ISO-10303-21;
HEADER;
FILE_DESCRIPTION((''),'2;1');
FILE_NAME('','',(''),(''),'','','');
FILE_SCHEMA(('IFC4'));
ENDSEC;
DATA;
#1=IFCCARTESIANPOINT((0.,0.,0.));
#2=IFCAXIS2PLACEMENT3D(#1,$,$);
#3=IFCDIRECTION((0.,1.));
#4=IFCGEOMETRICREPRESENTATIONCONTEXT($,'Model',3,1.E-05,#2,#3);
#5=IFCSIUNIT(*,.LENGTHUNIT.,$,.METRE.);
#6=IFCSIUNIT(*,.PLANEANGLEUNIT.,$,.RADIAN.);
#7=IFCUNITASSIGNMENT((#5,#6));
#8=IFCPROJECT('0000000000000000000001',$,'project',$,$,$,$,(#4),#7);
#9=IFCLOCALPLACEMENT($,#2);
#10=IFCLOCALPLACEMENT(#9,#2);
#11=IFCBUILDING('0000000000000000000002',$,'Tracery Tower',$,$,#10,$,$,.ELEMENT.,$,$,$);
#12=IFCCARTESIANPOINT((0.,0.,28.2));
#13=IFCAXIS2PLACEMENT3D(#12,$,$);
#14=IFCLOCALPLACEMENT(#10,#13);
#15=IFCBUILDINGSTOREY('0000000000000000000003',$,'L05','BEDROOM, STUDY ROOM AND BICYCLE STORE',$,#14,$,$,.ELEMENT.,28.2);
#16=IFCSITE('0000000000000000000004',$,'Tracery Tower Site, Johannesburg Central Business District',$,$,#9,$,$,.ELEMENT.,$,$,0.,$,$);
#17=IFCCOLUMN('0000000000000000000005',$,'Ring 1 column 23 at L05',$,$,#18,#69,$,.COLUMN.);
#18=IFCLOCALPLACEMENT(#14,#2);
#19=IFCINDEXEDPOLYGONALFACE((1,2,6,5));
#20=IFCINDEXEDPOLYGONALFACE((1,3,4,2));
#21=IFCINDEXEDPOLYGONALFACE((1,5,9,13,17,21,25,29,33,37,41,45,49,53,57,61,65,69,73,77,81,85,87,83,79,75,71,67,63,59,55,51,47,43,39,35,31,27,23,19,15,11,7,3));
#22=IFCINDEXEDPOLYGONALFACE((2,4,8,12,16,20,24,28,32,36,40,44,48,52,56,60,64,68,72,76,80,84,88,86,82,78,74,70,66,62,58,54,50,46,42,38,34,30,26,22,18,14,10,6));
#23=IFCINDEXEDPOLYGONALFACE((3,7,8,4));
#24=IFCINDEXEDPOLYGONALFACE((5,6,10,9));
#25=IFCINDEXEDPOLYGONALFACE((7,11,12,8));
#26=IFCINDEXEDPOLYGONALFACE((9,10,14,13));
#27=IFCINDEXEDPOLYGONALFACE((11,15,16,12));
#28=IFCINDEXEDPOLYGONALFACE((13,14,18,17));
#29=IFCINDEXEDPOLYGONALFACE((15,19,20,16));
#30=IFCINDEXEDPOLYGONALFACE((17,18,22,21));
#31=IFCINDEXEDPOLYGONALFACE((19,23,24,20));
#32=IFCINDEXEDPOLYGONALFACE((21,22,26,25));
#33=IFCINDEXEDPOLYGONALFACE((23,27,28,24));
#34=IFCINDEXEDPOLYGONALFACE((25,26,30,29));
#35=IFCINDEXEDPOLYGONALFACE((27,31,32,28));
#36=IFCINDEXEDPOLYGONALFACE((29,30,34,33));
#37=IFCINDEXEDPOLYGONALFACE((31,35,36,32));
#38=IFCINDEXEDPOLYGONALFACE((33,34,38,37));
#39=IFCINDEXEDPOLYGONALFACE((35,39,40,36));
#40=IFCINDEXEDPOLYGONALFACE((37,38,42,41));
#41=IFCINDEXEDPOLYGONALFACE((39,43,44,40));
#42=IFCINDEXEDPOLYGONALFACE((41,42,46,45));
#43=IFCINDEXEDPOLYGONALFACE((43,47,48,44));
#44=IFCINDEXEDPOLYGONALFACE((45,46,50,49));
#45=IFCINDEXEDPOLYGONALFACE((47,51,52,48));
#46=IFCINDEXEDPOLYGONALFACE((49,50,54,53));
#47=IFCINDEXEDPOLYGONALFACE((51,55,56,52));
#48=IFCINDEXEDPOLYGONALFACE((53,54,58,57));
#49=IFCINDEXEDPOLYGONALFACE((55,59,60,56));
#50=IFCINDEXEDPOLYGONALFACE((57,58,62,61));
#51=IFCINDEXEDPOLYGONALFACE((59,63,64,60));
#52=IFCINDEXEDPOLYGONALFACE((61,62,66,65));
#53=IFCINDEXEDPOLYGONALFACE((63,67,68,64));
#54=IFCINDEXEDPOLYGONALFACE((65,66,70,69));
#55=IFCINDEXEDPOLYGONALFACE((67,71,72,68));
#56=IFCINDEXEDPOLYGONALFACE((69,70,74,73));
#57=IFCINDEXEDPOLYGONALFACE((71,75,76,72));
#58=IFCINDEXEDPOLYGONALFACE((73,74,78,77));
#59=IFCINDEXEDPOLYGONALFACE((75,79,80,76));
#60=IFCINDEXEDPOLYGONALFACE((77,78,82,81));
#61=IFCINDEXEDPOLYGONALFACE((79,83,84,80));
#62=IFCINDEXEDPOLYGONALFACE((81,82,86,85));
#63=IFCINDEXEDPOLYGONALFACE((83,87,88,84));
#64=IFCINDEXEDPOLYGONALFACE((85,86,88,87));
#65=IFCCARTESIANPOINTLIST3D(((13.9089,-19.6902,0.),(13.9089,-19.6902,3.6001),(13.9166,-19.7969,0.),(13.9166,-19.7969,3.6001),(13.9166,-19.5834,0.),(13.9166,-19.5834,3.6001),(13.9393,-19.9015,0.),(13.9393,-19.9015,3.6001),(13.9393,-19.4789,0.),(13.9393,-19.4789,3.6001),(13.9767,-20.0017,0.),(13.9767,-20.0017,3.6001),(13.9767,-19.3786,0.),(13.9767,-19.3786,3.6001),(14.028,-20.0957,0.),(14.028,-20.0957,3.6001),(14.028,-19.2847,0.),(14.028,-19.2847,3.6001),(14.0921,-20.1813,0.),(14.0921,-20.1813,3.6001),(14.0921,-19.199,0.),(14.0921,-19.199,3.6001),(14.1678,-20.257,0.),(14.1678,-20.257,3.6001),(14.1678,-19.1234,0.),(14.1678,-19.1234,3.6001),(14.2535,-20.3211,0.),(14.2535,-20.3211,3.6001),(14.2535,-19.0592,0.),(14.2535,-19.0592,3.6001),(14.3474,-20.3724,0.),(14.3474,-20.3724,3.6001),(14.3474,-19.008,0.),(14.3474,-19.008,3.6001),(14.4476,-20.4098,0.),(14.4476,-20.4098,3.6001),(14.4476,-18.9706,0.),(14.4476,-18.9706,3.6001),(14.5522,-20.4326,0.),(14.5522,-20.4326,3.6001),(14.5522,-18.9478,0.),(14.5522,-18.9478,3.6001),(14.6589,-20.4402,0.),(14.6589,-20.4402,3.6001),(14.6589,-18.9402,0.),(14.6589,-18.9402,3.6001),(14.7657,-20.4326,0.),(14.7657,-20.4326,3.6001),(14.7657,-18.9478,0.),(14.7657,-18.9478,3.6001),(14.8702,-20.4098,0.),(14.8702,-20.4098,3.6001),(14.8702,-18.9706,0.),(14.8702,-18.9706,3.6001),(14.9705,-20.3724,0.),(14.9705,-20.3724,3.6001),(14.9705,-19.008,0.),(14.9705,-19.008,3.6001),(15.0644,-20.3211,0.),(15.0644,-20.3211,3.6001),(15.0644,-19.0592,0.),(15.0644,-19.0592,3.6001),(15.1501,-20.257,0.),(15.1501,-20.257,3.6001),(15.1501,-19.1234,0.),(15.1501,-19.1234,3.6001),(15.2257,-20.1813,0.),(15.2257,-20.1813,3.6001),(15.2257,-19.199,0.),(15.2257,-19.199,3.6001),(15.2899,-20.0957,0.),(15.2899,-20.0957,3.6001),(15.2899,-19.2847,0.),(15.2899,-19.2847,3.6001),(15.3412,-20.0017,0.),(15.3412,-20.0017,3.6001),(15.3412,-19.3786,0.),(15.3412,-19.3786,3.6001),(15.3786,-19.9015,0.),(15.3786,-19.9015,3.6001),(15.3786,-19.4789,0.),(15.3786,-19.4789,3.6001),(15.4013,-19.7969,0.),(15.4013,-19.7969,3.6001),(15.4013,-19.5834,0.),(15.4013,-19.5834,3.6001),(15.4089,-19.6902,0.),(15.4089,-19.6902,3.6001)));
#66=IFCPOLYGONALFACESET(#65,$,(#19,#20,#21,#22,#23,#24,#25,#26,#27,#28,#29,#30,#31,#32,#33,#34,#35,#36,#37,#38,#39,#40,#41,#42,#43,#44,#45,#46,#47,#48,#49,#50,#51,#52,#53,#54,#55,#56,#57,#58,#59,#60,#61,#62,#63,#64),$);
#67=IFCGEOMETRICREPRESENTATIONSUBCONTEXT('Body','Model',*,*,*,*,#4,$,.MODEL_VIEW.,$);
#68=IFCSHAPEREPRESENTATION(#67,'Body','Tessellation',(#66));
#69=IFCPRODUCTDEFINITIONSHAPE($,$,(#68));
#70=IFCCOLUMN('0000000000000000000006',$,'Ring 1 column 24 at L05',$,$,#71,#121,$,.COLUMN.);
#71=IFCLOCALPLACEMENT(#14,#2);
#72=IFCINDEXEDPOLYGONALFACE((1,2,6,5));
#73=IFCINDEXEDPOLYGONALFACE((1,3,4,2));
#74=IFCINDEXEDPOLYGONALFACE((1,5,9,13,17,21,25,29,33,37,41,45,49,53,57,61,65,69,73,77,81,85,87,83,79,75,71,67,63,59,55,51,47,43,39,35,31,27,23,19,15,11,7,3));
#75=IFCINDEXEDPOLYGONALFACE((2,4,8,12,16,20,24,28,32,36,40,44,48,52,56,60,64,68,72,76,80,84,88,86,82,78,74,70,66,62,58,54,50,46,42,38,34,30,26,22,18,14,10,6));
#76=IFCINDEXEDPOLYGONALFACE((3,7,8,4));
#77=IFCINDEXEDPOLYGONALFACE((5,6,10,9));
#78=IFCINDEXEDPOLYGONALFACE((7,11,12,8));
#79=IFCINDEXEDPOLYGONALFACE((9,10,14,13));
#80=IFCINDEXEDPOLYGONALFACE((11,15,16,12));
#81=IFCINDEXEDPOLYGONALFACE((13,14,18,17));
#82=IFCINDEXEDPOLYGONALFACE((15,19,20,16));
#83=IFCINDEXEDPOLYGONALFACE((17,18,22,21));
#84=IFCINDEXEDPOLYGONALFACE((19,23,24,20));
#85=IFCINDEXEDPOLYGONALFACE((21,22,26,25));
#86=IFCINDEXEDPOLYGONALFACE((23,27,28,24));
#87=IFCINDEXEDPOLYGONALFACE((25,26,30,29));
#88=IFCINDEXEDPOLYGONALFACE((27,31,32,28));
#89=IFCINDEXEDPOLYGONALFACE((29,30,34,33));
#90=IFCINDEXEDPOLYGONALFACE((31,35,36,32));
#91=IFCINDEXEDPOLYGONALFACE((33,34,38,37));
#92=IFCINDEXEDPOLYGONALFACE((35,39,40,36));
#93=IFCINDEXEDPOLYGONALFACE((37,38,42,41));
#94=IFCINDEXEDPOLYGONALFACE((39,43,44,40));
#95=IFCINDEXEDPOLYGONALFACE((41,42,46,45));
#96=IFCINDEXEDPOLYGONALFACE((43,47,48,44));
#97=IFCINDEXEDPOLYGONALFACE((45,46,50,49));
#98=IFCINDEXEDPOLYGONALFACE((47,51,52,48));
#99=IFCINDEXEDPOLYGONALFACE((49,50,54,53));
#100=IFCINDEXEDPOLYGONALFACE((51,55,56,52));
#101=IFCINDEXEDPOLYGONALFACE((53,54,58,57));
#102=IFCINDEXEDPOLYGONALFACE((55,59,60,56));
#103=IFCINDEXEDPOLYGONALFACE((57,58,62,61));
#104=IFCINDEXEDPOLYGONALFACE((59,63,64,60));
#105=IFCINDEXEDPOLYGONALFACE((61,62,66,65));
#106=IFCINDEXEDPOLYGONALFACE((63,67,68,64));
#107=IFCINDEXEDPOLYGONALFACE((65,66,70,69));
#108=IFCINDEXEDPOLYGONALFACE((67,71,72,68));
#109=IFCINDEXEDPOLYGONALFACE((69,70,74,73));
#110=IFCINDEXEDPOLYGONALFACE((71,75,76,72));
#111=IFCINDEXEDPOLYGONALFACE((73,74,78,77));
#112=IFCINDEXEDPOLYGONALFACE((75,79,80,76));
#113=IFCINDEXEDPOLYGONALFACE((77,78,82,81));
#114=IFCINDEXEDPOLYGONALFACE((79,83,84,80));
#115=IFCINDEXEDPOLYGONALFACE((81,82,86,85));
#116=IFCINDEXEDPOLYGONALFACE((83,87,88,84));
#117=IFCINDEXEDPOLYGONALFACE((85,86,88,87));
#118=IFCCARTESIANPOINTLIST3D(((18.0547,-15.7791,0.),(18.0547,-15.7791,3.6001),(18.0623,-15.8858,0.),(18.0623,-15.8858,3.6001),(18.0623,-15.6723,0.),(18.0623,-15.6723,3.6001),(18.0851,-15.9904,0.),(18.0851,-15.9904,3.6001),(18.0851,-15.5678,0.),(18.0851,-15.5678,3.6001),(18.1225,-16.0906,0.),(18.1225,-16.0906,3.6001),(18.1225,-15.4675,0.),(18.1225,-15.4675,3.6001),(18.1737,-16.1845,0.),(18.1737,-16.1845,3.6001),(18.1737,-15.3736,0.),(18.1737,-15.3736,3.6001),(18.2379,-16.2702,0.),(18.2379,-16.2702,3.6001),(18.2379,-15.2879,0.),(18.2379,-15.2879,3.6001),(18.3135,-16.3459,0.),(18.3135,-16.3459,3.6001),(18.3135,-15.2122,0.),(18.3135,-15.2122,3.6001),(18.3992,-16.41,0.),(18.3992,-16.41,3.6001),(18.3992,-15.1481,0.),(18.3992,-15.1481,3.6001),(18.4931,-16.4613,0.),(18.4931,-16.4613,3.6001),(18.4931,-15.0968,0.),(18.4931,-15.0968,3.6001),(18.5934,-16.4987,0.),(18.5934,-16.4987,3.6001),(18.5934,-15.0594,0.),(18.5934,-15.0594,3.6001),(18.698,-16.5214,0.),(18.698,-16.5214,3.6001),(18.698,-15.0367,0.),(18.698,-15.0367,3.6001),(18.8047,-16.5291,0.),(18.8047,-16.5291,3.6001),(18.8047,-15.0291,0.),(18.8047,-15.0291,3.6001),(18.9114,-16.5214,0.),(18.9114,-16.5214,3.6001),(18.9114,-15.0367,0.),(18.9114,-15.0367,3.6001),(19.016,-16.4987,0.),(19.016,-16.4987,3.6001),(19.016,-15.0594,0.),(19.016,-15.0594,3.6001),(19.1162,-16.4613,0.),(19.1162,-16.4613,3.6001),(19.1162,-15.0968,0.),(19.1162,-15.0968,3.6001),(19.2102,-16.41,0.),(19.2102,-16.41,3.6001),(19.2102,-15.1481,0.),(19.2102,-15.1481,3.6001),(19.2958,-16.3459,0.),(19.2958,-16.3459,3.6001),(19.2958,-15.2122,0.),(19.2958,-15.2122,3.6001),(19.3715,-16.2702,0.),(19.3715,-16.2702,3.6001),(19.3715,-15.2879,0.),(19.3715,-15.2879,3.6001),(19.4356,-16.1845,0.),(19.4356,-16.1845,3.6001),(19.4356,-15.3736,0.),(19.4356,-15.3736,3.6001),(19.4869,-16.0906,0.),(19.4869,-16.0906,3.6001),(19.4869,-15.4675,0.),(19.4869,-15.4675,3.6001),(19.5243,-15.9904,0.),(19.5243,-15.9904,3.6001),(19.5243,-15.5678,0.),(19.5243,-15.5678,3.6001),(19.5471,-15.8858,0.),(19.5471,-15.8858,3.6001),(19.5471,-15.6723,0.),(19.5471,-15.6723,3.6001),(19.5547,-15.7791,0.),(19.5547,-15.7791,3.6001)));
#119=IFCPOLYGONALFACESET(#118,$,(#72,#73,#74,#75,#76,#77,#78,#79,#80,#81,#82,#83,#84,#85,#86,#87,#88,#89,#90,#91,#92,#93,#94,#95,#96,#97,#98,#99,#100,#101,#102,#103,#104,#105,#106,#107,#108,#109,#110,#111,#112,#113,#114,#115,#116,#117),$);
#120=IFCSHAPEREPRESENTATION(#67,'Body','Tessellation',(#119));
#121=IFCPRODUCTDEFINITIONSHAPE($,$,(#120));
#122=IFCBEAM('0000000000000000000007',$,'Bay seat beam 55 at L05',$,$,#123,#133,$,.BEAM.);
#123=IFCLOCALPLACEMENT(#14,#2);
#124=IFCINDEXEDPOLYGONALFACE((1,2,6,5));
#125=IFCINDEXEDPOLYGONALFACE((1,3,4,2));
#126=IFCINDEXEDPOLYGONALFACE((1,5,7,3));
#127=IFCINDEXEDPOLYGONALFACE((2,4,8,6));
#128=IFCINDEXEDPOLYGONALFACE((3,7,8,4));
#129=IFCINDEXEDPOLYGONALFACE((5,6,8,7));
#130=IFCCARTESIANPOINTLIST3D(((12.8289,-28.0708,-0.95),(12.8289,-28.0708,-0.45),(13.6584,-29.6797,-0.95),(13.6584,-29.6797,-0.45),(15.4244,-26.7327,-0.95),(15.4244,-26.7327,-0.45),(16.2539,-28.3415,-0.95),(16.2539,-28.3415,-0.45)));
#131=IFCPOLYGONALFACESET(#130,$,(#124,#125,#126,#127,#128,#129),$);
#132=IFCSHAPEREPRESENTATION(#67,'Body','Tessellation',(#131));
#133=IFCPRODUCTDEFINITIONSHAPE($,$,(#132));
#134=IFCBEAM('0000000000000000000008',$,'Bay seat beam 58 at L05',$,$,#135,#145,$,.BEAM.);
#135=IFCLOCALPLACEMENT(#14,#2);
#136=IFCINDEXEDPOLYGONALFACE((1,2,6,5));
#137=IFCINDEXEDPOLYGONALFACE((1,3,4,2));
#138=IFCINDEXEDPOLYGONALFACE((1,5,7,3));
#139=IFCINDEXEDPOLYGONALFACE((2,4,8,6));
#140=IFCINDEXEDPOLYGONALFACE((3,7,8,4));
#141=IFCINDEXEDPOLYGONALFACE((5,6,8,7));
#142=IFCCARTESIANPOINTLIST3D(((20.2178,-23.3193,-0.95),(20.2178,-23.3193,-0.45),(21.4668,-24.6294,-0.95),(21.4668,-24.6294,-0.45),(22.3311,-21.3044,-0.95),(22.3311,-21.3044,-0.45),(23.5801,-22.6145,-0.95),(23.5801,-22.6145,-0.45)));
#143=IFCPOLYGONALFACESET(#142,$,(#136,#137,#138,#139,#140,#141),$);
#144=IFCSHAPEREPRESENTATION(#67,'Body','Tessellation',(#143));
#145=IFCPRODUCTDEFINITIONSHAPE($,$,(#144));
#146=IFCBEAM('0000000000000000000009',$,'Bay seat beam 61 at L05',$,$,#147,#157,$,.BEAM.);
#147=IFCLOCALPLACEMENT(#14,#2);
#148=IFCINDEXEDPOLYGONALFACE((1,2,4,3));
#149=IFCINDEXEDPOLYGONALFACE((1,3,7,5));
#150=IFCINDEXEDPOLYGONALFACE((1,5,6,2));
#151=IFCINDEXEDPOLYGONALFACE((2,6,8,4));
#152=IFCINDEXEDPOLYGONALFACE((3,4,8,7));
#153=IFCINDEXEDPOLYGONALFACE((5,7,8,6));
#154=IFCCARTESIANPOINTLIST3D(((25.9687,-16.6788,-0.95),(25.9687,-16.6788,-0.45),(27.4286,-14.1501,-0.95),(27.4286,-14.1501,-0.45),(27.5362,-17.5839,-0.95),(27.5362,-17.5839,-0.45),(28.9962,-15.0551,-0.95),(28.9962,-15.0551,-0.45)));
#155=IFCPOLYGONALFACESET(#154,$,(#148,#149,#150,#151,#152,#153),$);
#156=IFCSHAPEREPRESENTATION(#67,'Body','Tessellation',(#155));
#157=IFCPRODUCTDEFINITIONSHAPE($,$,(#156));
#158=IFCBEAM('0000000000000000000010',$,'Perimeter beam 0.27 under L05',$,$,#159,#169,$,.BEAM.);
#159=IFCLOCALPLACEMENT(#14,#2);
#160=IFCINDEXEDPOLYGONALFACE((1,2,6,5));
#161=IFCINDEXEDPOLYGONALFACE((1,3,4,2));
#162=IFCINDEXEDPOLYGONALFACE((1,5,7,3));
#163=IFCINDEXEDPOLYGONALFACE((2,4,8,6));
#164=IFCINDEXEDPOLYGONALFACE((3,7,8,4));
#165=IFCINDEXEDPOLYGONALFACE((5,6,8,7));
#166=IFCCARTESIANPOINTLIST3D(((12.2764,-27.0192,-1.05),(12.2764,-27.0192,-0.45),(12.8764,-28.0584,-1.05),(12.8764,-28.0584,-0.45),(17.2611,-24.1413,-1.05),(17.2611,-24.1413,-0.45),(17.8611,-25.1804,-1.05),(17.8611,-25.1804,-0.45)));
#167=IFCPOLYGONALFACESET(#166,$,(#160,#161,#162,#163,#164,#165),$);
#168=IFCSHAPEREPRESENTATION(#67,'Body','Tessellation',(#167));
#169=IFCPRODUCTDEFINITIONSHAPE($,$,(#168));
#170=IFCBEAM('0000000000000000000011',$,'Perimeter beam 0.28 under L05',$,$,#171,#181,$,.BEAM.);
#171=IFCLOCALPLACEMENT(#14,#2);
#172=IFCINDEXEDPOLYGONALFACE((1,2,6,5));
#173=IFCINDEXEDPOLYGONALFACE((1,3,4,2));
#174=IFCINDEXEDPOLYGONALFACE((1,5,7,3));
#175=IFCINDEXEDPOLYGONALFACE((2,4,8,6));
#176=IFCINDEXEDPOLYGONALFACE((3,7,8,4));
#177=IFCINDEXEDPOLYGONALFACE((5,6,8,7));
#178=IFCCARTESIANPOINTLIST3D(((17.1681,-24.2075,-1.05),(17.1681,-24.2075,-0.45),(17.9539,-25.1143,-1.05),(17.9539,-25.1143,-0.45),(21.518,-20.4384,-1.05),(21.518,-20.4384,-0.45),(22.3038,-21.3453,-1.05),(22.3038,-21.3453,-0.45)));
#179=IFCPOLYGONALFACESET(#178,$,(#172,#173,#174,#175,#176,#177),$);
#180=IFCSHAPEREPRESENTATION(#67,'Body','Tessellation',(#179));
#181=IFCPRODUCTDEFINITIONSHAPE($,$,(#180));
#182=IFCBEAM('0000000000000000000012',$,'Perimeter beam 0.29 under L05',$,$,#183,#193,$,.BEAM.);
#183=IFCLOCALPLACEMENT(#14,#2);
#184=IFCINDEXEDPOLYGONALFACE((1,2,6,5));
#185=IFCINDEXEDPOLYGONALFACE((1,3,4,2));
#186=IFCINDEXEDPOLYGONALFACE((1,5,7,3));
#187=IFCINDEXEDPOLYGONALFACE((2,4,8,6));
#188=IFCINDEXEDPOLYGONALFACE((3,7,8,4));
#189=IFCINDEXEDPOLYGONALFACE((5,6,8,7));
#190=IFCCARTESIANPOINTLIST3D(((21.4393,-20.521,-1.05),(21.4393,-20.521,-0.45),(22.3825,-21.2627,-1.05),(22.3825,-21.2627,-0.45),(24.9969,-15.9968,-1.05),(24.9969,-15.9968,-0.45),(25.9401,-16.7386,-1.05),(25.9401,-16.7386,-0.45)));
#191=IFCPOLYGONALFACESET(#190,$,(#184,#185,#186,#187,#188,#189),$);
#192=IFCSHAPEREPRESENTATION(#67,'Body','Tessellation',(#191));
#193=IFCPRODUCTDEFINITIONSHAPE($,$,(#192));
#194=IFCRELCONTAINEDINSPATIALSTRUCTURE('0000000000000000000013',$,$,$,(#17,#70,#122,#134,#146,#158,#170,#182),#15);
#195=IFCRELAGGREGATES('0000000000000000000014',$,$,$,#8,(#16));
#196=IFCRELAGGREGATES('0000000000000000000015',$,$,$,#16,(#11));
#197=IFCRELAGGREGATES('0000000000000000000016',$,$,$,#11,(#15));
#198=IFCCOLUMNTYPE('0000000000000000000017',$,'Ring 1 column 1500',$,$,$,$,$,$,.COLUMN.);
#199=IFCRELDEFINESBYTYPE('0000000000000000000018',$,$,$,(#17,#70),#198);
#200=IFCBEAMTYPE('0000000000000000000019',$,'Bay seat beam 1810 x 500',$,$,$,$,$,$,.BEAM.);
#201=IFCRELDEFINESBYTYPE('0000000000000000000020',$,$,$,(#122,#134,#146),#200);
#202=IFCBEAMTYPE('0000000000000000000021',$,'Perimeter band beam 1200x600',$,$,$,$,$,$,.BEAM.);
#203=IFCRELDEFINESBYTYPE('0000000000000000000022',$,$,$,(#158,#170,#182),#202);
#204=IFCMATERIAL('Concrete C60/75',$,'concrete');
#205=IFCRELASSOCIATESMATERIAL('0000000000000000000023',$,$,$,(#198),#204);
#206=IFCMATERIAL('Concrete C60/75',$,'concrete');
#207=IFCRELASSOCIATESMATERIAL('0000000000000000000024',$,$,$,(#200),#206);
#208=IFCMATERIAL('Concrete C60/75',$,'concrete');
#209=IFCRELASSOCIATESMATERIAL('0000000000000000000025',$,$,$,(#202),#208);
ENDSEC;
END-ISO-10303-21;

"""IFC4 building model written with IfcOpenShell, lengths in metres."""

from ifc_helpers import new_model, si_unit, direction, frame, origin, origin_2d, place, context, subcontext, project, spatial, rectangle, circle, extrude, material, material_profile, profile_set, type_object, element, save


model = new_model("IFC4")

# Units and contexts
model_context = context("Model", 3, precision=1e-05, world=origin(), true_north=direction((0.0, 1.0)))
body_context = subcontext(model_context, "Body", "Model", "MODEL_VIEW")
ifc_project = project(units=[si_unit("LENGTHUNIT", "METRE"), si_unit("PLANEANGLEUNIT", "RADIAN")], contexts=[model_context])

# Site, building, storey
site_placement = place(None, origin())
site = spatial("IfcSite", under=ifc_project, at=site_placement, Name="Tracery Tower Site, Johannesburg Central Business District", CompositionType="ELEMENT", RefElevation=0.0)
building_placement = place(site_placement, origin())
building = spatial("IfcBuilding", under=site, at=building_placement, Name="Tracery Tower", CompositionType="ELEMENT")
storey_placement = place(building_placement, frame((0.0, 0.0, 28.2)))
storey = spatial("IfcBuildingStorey", under=building, at=storey_placement, Name="L05", Description="BEDROOM, STUDY ROOM AND BICYCLE STORE", CompositionType="ELEMENT", Elevation=28.2)

# Columns
ifc_material_1 = material(Name="Concrete C60/75", Category="concrete")
ifc_material_profile_1 = material_profile(ifc_material_1, circle(Radius=0.75, at=origin_2d()), Name="RC D1500")
ifc_profile_set_1 = profile_set([ifc_material_profile_1], Name="Concrete C60/75")
column_type_1 = type_object("IfcColumnType", Name="Ring 1 column 1500", PredefinedType="COLUMN", material=ifc_profile_set_1)
for number, where, z_axis, x_axis, name in (
    (1, (14.6589, -19.6902, 0.0), (0.0, 0.0, 1.0), (1.0, 0.0, 0.0), "Ring 1 column 23 at L05"),
    (2, (18.8047, -15.7791, 0.0), (0.0, 0.0, 1.0), (1.0, 0.0, 0.0), "Ring 1 column 24 at L05"),
):
    element("IfcColumn", number, at=place(storey_placement, frame(where, z_axis=z_axis, x_axis=x_axis)), inside=storey, type_object=column_type_1, Name=name, PredefinedType="COLUMN", context=body_context, shape_type="SweptSolid", body=[
        extrude(circle(Radius=0.75, at=origin_2d()), origin(), (0.0, 0.0, 1.0), 3.6001),
    ])

# Beams
ifc_material_2 = material(Name="Concrete C60/75", Category="concrete")
ifc_material_profile_2 = material_profile(ifc_material_2, rectangle(XDim=1.8101, YDim=0.5, at=origin_2d()), Name="RC 1810x500")
ifc_profile_set_2 = profile_set([ifc_material_profile_2], Name="Concrete C60/75")
beam_type_1 = type_object("IfcBeamType", Name="Bay seat beam 1810 x 500", PredefinedType="BEAM", material=ifc_profile_set_2)
beam_1_placement = place(storey_placement, frame((13.2437, -28.8752, -0.7), z_axis=(0.888824, 0.458249, 0.0), x_axis=(-0.458249, 0.888824, 0.0)))
element("IfcBeam", 3, at=beam_1_placement, inside=storey, type_object=beam_type_1, Name="Bay seat beam 55 at L05", PredefinedType="BEAM", context=body_context, shape_type="SweptSolid", body=[
    extrude(rectangle(XDim=1.8101, YDim=0.5, at=origin_2d()), origin(), (0.0, 0.0, 1.0), 2.9202),
])
for number, where, z_axis, x_axis, name in (
    (4, (20.8423, -23.9744, -0.7), (0.723754, 0.690058, 0.0), (-0.690058, 0.723754, 0.0), "Bay seat beam 58 at L05"),
    (5, (26.7524, -17.1313, -0.7), (0.499988, 0.866032, 0.0), (-0.866032, 0.499988, 0.0), "Bay seat beam 61 at L05"),
):
    element("IfcBeam", number, at=place(storey_placement, frame(where, z_axis=z_axis, x_axis=x_axis)), inside=storey, type_object=beam_type_1, Name=name, PredefinedType="BEAM", context=body_context, shape_type="SweptSolid", body=[
        extrude(rectangle(XDim=1.8101, YDim=0.5, at=origin_2d()), origin(), (0.0, 0.0, 1.0), 2.9199),
    ])
ifc_material_3 = material(Name="Concrete C60/75", Category="concrete")
ifc_material_profile_3 = material_profile(ifc_material_3, rectangle(XDim=1.2, YDim=0.6001, at=origin_2d()), Name="RC 1200x600")
ifc_profile_set_3 = profile_set([ifc_material_profile_3], Name="Concrete C60/75")
beam_type_2 = type_object("IfcBeamType", Name="Perimeter band beam 1200x600", PredefinedType="BEAM", material=ifc_profile_set_3)
beam_2_placement = place(storey_placement, frame((12.5764, -27.5388, -0.75), z_axis=(0.866021, 0.500008, 0.0), x_axis=(-0.500008, 0.866021, 0.0)))
element("IfcBeam", 6, at=beam_2_placement, inside=storey, type_object=beam_type_2, Name="Perimeter beam 0.27 under L05", PredefinedType="BEAM", context=body_context, shape_type="SweptSolid", body=[
    extrude(rectangle(XDim=1.2, YDim=0.6001, at=origin_2d()), origin(), (0.0, 0.0, 1.0), 5.7559),
])
beam_3_placement = place(storey_placement, frame((17.561, -24.6609, -0.75), z_axis=(0.75576, 0.654848, 0.0), x_axis=(-0.654848, 0.75576, 0.0)))
element("IfcBeam", 7, at=beam_3_placement, inside=storey, type_object=beam_type_2, Name="Perimeter beam 0.28 under L05", PredefinedType="BEAM", context=body_context, shape_type="SweptSolid", body=[
    extrude(rectangle(XDim=1.2, YDim=0.6001, at=origin_2d()), origin(), (0.0, 0.0, 1.0), 5.7556),
])
beam_4_placement = place(storey_placement, frame((21.9109, -20.8918, -0.75), z_axis=(0.618134, 0.786072, 0.0), x_axis=(-0.786072, 0.618134, 0.0)))
element("IfcBeam", 8, at=beam_4_placement, inside=storey, type_object=beam_type_2, Name="Perimeter beam 0.29 under L05", PredefinedType="BEAM", context=body_context, shape_type="SweptSolid", body=[
    extrude(rectangle(XDim=1.2, YDim=0.6001, at=origin_2d()), origin(), (0.0, 0.0, 1.0), 5.7554),
])

save(model, "model.ifc")
